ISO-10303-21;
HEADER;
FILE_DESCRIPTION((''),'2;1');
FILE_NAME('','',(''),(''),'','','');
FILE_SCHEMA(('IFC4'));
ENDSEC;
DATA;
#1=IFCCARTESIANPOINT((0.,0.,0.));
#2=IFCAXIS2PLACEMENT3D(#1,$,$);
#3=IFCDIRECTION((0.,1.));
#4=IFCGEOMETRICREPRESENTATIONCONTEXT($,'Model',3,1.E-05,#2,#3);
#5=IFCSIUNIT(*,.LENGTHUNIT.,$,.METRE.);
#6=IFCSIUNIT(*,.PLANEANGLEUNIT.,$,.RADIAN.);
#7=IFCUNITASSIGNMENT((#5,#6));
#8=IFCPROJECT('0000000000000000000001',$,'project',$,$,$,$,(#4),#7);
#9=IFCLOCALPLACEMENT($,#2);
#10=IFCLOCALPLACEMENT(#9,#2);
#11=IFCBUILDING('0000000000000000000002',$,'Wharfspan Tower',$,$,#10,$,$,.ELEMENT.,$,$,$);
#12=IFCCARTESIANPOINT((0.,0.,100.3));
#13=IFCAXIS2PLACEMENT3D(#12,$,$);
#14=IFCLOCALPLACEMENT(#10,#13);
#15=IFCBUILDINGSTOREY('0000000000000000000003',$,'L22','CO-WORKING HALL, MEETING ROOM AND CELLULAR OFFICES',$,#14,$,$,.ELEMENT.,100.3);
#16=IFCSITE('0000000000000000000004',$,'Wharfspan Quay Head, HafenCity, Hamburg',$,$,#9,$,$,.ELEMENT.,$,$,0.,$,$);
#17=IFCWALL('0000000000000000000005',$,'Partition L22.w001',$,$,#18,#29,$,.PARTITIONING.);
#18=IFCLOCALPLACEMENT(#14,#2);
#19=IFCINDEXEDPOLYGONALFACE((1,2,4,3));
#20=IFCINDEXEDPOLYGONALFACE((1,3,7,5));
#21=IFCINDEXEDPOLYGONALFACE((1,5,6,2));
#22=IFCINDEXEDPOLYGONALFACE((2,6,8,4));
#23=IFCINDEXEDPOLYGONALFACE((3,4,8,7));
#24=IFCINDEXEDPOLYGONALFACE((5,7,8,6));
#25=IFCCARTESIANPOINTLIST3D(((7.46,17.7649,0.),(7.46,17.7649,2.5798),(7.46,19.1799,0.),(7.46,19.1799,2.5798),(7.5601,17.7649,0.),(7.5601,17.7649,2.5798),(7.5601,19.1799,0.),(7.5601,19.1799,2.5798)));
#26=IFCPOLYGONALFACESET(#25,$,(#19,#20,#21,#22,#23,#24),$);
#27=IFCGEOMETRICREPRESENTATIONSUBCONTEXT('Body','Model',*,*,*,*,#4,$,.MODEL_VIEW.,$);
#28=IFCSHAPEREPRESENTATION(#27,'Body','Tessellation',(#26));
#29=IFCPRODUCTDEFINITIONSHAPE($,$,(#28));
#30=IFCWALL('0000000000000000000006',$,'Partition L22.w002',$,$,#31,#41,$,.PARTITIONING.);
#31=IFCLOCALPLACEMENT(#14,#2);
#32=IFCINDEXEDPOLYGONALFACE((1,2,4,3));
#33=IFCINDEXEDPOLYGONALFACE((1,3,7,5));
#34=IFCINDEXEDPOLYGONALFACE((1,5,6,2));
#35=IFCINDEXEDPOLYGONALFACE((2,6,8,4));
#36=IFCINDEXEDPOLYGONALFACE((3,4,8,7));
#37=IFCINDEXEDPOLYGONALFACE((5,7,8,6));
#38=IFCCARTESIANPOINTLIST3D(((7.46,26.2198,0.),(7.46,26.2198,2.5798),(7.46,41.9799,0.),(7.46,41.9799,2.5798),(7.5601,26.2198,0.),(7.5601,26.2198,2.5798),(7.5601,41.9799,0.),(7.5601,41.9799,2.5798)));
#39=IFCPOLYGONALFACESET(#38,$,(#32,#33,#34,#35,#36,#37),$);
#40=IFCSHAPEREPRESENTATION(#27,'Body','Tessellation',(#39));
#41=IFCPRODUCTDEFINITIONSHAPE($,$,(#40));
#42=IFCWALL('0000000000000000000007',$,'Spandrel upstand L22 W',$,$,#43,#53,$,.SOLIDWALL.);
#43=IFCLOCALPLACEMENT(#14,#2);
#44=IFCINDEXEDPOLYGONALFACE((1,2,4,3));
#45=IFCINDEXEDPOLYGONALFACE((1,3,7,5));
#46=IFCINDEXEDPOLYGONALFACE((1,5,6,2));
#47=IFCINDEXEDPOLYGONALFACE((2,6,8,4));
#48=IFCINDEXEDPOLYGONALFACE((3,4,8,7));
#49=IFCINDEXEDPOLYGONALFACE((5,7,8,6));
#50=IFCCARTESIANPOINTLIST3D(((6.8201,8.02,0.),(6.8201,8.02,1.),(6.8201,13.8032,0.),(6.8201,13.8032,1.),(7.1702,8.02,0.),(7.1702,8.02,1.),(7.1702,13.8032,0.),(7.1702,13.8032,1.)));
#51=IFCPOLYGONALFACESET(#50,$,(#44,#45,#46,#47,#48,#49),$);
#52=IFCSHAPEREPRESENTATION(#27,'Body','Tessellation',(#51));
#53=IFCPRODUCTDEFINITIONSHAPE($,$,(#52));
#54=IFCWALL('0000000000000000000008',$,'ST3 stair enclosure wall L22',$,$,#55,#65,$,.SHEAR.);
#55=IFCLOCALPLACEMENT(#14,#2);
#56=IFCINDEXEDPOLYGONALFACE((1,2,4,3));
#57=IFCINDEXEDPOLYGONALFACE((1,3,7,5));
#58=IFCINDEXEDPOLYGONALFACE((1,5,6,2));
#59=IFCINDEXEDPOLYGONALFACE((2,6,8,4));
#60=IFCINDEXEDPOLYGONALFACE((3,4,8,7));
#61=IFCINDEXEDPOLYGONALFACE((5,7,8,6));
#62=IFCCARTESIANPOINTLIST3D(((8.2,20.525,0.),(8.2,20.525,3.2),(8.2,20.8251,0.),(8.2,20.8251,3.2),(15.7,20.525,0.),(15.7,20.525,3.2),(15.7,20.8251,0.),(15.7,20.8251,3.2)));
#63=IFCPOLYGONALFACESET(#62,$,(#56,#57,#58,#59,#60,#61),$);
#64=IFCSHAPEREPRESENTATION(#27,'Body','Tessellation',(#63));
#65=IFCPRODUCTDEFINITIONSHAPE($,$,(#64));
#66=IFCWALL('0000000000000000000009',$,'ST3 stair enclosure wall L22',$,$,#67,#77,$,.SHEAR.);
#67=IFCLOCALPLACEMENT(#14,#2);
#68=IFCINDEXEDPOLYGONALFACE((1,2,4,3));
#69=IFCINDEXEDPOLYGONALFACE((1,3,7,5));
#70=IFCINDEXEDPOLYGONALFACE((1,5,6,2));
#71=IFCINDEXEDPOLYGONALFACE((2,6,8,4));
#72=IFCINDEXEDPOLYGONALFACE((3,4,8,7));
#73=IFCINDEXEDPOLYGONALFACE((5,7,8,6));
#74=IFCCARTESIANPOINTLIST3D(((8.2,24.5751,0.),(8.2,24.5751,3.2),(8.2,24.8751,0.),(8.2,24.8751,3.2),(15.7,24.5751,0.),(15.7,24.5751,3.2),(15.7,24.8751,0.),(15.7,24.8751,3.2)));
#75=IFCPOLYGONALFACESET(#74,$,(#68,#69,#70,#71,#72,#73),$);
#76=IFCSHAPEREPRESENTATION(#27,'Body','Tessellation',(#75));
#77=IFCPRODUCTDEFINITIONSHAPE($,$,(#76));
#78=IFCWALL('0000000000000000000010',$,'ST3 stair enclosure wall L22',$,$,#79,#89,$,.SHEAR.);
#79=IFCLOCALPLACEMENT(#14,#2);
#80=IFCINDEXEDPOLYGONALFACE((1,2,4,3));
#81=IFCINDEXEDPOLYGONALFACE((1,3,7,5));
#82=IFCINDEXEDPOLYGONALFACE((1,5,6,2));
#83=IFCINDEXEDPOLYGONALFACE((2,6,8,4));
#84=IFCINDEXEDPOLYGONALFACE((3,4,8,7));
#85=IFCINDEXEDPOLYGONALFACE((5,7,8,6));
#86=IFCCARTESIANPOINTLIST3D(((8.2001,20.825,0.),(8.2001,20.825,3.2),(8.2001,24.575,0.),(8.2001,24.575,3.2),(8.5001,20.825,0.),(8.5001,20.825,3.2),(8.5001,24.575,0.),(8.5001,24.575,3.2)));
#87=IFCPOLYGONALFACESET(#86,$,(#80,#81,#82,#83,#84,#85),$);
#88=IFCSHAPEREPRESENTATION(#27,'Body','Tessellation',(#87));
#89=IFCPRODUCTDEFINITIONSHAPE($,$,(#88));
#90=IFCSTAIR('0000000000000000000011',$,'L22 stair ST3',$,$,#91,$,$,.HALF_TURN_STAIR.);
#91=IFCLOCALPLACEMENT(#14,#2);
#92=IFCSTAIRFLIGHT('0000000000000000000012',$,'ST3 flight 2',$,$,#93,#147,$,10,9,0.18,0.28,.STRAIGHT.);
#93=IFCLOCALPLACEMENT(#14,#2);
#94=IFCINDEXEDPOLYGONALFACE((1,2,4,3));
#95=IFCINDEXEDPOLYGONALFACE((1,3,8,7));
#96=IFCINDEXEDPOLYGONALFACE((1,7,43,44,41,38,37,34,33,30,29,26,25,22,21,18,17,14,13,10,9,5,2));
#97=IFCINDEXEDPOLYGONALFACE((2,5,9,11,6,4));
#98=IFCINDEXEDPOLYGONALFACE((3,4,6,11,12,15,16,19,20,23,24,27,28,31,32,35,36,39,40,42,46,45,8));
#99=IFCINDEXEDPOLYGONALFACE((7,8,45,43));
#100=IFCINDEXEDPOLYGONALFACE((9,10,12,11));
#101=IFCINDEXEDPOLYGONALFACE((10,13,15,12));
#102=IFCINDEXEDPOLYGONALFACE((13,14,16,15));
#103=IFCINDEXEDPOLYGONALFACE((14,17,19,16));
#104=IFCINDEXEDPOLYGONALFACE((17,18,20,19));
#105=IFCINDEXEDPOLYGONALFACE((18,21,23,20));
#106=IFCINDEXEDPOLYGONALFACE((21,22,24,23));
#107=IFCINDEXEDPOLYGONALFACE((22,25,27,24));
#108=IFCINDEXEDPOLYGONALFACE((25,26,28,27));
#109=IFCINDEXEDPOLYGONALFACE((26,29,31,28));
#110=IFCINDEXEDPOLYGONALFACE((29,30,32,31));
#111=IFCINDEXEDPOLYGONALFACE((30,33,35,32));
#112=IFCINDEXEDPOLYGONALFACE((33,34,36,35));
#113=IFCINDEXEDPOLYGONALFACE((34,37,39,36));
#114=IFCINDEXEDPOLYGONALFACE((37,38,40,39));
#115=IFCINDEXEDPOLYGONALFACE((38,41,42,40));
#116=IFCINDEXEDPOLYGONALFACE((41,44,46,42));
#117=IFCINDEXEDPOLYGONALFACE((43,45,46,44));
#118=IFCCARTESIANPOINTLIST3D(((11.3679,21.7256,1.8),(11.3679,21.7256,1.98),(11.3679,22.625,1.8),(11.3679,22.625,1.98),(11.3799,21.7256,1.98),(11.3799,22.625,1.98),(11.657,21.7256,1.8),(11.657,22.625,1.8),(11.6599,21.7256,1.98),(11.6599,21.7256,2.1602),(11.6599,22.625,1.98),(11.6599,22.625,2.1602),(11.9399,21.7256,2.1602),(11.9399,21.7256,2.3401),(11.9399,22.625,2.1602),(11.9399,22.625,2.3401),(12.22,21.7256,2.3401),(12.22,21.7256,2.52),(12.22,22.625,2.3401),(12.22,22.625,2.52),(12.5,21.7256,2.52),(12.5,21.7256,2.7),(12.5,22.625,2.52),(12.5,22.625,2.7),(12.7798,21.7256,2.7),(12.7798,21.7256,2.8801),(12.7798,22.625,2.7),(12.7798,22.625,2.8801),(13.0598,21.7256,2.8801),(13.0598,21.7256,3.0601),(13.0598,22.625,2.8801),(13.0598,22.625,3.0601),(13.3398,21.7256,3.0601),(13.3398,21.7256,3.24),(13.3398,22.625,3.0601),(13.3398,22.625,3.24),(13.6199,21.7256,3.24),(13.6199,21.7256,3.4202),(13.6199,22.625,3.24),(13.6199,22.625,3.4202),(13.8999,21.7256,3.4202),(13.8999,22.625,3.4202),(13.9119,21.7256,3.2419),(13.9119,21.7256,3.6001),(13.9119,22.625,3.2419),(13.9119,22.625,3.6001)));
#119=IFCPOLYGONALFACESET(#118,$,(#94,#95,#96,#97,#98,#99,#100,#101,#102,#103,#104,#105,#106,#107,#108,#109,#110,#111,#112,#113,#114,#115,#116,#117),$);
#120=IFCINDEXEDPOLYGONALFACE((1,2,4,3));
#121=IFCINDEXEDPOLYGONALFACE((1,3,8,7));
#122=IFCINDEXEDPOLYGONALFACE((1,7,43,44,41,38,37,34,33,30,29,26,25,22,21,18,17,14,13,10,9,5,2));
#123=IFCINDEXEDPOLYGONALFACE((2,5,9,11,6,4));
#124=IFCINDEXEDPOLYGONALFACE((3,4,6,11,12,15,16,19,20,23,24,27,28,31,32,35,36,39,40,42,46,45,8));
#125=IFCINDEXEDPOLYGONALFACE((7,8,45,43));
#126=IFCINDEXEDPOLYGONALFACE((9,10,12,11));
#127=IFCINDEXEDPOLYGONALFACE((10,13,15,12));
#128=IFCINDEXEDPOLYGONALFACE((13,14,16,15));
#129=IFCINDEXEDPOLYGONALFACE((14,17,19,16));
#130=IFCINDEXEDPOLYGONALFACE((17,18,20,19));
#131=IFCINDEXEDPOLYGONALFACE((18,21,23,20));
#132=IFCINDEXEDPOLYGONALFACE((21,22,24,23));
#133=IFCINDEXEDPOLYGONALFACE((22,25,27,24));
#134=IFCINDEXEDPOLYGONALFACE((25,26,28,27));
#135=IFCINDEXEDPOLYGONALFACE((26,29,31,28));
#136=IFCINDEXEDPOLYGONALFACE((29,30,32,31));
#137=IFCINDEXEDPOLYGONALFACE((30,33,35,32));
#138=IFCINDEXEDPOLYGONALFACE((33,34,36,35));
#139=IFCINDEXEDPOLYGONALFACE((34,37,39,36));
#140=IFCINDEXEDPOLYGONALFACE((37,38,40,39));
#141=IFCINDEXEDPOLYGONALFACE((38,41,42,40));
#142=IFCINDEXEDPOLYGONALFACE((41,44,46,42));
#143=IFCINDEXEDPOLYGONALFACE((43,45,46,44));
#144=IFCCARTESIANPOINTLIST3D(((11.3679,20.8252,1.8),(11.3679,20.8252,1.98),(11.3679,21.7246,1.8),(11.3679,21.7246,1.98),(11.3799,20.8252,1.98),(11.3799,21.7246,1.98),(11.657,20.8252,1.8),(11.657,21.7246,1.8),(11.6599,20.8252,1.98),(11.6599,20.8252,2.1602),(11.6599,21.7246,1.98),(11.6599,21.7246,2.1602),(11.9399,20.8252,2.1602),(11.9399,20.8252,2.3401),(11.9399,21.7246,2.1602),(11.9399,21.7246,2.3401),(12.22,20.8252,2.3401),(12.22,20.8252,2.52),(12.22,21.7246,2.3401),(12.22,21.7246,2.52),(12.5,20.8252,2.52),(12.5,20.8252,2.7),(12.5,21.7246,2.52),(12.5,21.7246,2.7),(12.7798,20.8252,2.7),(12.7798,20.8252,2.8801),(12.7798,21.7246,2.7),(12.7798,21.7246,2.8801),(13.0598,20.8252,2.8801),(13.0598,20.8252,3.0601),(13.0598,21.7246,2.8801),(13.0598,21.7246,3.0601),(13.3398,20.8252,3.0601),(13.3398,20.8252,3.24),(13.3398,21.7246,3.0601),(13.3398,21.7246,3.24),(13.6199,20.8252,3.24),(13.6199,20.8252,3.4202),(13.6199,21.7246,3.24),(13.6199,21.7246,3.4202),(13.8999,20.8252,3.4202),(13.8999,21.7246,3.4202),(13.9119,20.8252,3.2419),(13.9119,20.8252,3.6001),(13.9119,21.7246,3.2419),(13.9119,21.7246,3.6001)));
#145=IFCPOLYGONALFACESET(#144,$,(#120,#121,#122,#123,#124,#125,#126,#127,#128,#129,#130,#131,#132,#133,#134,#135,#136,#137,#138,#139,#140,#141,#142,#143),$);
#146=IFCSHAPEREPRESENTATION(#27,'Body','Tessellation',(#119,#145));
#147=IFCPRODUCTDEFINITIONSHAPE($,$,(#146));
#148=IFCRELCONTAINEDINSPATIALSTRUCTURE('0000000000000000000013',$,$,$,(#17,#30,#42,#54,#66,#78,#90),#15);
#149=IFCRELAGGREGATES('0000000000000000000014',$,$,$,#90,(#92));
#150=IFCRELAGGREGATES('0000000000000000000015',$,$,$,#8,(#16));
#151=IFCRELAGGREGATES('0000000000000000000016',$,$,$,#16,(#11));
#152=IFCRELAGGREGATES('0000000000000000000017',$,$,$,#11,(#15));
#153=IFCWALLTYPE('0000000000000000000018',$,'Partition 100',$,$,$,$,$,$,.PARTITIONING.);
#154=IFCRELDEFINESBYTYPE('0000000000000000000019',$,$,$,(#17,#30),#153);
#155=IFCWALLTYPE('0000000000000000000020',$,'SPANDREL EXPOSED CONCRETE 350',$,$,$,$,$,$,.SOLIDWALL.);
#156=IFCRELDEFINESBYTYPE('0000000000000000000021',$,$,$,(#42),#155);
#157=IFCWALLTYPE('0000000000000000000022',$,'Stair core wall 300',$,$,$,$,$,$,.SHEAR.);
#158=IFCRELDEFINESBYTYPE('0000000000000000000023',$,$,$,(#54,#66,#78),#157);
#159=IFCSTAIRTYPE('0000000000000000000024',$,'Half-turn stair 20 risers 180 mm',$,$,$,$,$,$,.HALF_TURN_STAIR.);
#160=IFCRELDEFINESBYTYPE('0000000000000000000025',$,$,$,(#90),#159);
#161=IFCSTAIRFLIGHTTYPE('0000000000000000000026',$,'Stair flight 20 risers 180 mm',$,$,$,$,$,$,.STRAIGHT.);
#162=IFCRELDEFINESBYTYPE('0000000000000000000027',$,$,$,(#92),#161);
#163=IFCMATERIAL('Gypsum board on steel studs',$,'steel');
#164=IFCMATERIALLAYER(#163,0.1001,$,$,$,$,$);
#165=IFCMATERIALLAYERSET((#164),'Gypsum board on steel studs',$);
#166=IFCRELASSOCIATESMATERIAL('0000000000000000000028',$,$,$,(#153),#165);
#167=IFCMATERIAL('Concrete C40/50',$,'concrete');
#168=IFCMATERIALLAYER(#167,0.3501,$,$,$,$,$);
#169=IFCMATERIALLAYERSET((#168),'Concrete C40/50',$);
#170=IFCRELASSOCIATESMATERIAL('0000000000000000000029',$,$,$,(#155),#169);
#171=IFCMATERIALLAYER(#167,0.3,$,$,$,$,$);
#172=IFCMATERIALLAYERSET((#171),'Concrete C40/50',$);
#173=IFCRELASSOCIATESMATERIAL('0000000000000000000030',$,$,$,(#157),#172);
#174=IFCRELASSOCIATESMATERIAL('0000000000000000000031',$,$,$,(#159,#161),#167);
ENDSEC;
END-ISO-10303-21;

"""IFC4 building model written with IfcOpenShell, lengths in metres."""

from ifc_helpers import new_model, si_unit, direction, frame, frame_2d, origin, place, context, subcontext, project, spatial, polyline, rectangle, outline, extrude, material, layer, layer_set, type_object, element, aggregate, save


model = new_model("IFC4")

# Units and contexts
model_context = context("Model", 3, precision=1e-05, world=origin(), true_north=direction((0.0, 1.0)))
body_context = subcontext(model_context, "Body", "Model", "MODEL_VIEW")
ifc_project = project(units=[si_unit("LENGTHUNIT", "METRE"), si_unit("PLANEANGLEUNIT", "RADIAN")], contexts=[model_context])

# Site, building, storey
site_placement = place(None, origin())
site = spatial("IfcSite", under=ifc_project, at=site_placement, Name="Wharfspan Quay Head, HafenCity, Hamburg", CompositionType="ELEMENT", RefElevation=0.0)
building_placement = place(site_placement, origin())
building = spatial("IfcBuilding", under=site, at=building_placement, Name="Wharfspan Tower", CompositionType="ELEMENT")
storey_placement = place(building_placement, frame((0.0, 0.0, 100.3)))
storey = spatial("IfcBuildingStorey", under=building, at=storey_placement, Name="L22", Description="CO-WORKING HALL, MEETING ROOM AND CELLULAR OFFICES", CompositionType="ELEMENT", Elevation=100.3)

# Walls
ifc_material_1 = material(Name="Gypsum board on steel studs", Category="steel")
ifc_layer_1 = layer(ifc_material_1, 0.1001)
ifc_layer_set_1 = layer_set([ifc_layer_1], Name="Gypsum board on steel studs")
wall_type_1 = type_object("IfcWallType", Name="Partition 100", PredefinedType="PARTITIONING", material=ifc_layer_set_1)
wall_1_placement = place(storey_placement, frame((7.51, 17.7649, 0.0), z_axis=(0.0, 0.0, 1.0), x_axis=(0.0, 1.0, 0.0)))
element("IfcWall", 1, at=wall_1_placement, inside=storey, type_object=wall_type_1, Name="Partition L22.w001", PredefinedType="PARTITIONING", context=body_context, shape_type="SweptSolid", body=[
    extrude(rectangle(XDim=1.415, YDim=0.1001, at=frame_2d((0.7075, 0.0))), origin(), (0.0, 0.0, 1.0), 2.5798),
])
wall_2_placement = place(storey_placement, frame((7.51, 26.22, 0.0), z_axis=(0.0, 0.0, 1.0), x_axis=(0.0, 1.0, 0.0)))
element("IfcWall", 2, at=wall_2_placement, inside=storey, type_object=wall_type_1, Name="Partition L22.w002", PredefinedType="PARTITIONING", context=body_context, shape_type="SweptSolid", body=[
    extrude(rectangle(XDim=15.76, YDim=0.1001, at=frame_2d((7.8799, 0.0))), origin(), (0.0, 0.0, 1.0), 2.5798),
])
ifc_material_2 = material(Name="Concrete C40/50", Category="concrete")
ifc_layer_2 = layer(ifc_material_2, 0.3501)
ifc_layer_set_2 = layer_set([ifc_layer_2], Name="Concrete C40/50")
wall_type_2 = type_object("IfcWallType", Name="SPANDREL EXPOSED CONCRETE 350", PredefinedType="SOLIDWALL", material=ifc_layer_set_2)
wall_3_placement = place(storey_placement, frame((6.9951, 13.8032, 0.0), z_axis=(0.0, 0.0, 1.0), x_axis=(0.0, -1.0, 0.0)))
element("IfcWall", 3, at=wall_3_placement, inside=storey, type_object=wall_type_2, Name="Spandrel upstand L22 W", PredefinedType="SOLIDWALL", context=body_context, shape_type="SweptSolid", body=[
    extrude(rectangle(XDim=5.7832, YDim=0.3501, at=frame_2d((2.8916, 0.0))), origin(), (0.0, 0.0, 1.0), 1.0),
])
ifc_layer_3 = layer(ifc_material_2, 0.3)
ifc_layer_set_3 = layer_set([ifc_layer_3], Name="Concrete C40/50")
wall_type_3 = type_object("IfcWallType", Name="Stair core wall 300", PredefinedType="SHEAR", material=ifc_layer_set_3)
for number, where, z_axis, x_axis, name in (
    (4, (8.2, 20.675, 0.0), (0.0, 0.0, 1.0), (1.0, 0.0, 0.0), "ST3 stair enclosure wall L22"),
    (5, (8.2, 24.7251, 0.0), (0.0, 0.0, 1.0), (1.0, 0.0, 0.0), "ST3 stair enclosure wall L22"),
):
    element("IfcWall", number, at=place(storey_placement, frame(where, z_axis=z_axis, x_axis=x_axis)), inside=storey, type_object=wall_type_3, Name=name, PredefinedType="SHEAR", context=body_context, shape_type="SweptSolid", body=[
        extrude(rectangle(XDim=7.5, YDim=0.3, at=frame_2d((3.75, 0.0))), origin(), (0.0, 0.0, 1.0), 3.2),
    ])
wall_4_placement = place(storey_placement, frame((8.3501, 20.825, 0.0), z_axis=(0.0, 0.0, 1.0), x_axis=(0.0, 1.0, 0.0)))
element("IfcWall", 6, at=wall_4_placement, inside=storey, type_object=wall_type_3, Name="ST3 stair enclosure wall L22", PredefinedType="SHEAR", context=body_context, shape_type="SweptSolid", body=[
    extrude(rectangle(XDim=3.75, YDim=0.3, at=frame_2d((1.875, 0.0))), origin(), (0.0, 0.0, 1.0), 3.2),
])

# Stair, stair flight
stair_type = type_object("IfcStairType", Name="Half-turn stair 20 risers 180 mm", PredefinedType="HALF_TURN_STAIR", material=ifc_material_2)
stair_placement = place(storey_placement, origin())
stair = element("IfcStair", 7, at=stair_placement, inside=storey, type_object=stair_type, Name="L22 stair ST3", PredefinedType="HALF_TURN_STAIR")
stair_flight_type = type_object("IfcStairFlightType", Name="Stair flight 20 risers 180 mm", PredefinedType="STRAIGHT", material=ifc_material_2)
stair_flight_placement = place(storey_placement, frame((11.3799, 21.7251, 1.8), z_axis=(0.0, 0.0, 1.0), x_axis=(1.0, 0.0, 0.0)))
stair_flight = element("IfcStairFlight", 8, at=stair_flight_placement, type_object=stair_flight_type, Name="ST3 flight 2", NumberOfRisers=10, NumberOfTreads=9, PredefinedType="STRAIGHT", RiserHeight=0.18, TreadLength=0.28, context=body_context, shape_type="SweptSolid", body=[
    extrude(outline(polyline([(-0.012, 0.0), (-0.012, 0.1799), (0.0, 0.1799), (0.28, 0.1799), (0.28, 0.3601), (0.5601, 0.3601), (0.5601, 0.54), (0.8401, 0.54), (0.8401, 0.72), (1.1201, 0.72), (1.1201, 0.8999), (1.3999, 0.8999), (1.3999, 1.0801), (1.6799, 1.0801), (1.6799, 1.26), (1.96, 1.26), (1.96, 1.4399), (2.24, 1.4399), (2.24, 1.6201), (2.52, 1.6201), (2.532, 1.8), (2.532, 1.4419), (0.2771, 0.0), (-0.012, 0.0)])), frame((0.0, 0.8999, 0.0), z_axis=(0.0, -1.0, 0.0), x_axis=(1.0, 0.0, 0.0)), (0.0, 0.0, 1.0), 0.8994),
    extrude(outline(polyline([(-0.012, 0.0), (-0.012, 0.1799), (0.0, 0.1799), (0.28, 0.1799), (0.28, 0.3601), (0.5601, 0.3601), (0.5601, 0.54), (0.8401, 0.54), (0.8401, 0.72), (1.1201, 0.72), (1.1201, 0.8999), (1.3999, 0.8999), (1.3999, 1.0801), (1.6799, 1.0801), (1.6799, 1.26), (1.96, 1.26), (1.96, 1.4399), (2.24, 1.4399), (2.24, 1.6201), (2.52, 1.6201), (2.532, 1.8), (2.532, 1.4419), (0.2771, 0.0), (-0.012, 0.0)])), frame((0.0, -0.0005, 0.0), z_axis=(0.0, -1.0, 0.0), x_axis=(1.0, 0.0, 0.0)), (0.0, 0.0, 1.0), 0.8994),
])
aggregate(stair, [stair_flight])

save(model, "model.ifc")
